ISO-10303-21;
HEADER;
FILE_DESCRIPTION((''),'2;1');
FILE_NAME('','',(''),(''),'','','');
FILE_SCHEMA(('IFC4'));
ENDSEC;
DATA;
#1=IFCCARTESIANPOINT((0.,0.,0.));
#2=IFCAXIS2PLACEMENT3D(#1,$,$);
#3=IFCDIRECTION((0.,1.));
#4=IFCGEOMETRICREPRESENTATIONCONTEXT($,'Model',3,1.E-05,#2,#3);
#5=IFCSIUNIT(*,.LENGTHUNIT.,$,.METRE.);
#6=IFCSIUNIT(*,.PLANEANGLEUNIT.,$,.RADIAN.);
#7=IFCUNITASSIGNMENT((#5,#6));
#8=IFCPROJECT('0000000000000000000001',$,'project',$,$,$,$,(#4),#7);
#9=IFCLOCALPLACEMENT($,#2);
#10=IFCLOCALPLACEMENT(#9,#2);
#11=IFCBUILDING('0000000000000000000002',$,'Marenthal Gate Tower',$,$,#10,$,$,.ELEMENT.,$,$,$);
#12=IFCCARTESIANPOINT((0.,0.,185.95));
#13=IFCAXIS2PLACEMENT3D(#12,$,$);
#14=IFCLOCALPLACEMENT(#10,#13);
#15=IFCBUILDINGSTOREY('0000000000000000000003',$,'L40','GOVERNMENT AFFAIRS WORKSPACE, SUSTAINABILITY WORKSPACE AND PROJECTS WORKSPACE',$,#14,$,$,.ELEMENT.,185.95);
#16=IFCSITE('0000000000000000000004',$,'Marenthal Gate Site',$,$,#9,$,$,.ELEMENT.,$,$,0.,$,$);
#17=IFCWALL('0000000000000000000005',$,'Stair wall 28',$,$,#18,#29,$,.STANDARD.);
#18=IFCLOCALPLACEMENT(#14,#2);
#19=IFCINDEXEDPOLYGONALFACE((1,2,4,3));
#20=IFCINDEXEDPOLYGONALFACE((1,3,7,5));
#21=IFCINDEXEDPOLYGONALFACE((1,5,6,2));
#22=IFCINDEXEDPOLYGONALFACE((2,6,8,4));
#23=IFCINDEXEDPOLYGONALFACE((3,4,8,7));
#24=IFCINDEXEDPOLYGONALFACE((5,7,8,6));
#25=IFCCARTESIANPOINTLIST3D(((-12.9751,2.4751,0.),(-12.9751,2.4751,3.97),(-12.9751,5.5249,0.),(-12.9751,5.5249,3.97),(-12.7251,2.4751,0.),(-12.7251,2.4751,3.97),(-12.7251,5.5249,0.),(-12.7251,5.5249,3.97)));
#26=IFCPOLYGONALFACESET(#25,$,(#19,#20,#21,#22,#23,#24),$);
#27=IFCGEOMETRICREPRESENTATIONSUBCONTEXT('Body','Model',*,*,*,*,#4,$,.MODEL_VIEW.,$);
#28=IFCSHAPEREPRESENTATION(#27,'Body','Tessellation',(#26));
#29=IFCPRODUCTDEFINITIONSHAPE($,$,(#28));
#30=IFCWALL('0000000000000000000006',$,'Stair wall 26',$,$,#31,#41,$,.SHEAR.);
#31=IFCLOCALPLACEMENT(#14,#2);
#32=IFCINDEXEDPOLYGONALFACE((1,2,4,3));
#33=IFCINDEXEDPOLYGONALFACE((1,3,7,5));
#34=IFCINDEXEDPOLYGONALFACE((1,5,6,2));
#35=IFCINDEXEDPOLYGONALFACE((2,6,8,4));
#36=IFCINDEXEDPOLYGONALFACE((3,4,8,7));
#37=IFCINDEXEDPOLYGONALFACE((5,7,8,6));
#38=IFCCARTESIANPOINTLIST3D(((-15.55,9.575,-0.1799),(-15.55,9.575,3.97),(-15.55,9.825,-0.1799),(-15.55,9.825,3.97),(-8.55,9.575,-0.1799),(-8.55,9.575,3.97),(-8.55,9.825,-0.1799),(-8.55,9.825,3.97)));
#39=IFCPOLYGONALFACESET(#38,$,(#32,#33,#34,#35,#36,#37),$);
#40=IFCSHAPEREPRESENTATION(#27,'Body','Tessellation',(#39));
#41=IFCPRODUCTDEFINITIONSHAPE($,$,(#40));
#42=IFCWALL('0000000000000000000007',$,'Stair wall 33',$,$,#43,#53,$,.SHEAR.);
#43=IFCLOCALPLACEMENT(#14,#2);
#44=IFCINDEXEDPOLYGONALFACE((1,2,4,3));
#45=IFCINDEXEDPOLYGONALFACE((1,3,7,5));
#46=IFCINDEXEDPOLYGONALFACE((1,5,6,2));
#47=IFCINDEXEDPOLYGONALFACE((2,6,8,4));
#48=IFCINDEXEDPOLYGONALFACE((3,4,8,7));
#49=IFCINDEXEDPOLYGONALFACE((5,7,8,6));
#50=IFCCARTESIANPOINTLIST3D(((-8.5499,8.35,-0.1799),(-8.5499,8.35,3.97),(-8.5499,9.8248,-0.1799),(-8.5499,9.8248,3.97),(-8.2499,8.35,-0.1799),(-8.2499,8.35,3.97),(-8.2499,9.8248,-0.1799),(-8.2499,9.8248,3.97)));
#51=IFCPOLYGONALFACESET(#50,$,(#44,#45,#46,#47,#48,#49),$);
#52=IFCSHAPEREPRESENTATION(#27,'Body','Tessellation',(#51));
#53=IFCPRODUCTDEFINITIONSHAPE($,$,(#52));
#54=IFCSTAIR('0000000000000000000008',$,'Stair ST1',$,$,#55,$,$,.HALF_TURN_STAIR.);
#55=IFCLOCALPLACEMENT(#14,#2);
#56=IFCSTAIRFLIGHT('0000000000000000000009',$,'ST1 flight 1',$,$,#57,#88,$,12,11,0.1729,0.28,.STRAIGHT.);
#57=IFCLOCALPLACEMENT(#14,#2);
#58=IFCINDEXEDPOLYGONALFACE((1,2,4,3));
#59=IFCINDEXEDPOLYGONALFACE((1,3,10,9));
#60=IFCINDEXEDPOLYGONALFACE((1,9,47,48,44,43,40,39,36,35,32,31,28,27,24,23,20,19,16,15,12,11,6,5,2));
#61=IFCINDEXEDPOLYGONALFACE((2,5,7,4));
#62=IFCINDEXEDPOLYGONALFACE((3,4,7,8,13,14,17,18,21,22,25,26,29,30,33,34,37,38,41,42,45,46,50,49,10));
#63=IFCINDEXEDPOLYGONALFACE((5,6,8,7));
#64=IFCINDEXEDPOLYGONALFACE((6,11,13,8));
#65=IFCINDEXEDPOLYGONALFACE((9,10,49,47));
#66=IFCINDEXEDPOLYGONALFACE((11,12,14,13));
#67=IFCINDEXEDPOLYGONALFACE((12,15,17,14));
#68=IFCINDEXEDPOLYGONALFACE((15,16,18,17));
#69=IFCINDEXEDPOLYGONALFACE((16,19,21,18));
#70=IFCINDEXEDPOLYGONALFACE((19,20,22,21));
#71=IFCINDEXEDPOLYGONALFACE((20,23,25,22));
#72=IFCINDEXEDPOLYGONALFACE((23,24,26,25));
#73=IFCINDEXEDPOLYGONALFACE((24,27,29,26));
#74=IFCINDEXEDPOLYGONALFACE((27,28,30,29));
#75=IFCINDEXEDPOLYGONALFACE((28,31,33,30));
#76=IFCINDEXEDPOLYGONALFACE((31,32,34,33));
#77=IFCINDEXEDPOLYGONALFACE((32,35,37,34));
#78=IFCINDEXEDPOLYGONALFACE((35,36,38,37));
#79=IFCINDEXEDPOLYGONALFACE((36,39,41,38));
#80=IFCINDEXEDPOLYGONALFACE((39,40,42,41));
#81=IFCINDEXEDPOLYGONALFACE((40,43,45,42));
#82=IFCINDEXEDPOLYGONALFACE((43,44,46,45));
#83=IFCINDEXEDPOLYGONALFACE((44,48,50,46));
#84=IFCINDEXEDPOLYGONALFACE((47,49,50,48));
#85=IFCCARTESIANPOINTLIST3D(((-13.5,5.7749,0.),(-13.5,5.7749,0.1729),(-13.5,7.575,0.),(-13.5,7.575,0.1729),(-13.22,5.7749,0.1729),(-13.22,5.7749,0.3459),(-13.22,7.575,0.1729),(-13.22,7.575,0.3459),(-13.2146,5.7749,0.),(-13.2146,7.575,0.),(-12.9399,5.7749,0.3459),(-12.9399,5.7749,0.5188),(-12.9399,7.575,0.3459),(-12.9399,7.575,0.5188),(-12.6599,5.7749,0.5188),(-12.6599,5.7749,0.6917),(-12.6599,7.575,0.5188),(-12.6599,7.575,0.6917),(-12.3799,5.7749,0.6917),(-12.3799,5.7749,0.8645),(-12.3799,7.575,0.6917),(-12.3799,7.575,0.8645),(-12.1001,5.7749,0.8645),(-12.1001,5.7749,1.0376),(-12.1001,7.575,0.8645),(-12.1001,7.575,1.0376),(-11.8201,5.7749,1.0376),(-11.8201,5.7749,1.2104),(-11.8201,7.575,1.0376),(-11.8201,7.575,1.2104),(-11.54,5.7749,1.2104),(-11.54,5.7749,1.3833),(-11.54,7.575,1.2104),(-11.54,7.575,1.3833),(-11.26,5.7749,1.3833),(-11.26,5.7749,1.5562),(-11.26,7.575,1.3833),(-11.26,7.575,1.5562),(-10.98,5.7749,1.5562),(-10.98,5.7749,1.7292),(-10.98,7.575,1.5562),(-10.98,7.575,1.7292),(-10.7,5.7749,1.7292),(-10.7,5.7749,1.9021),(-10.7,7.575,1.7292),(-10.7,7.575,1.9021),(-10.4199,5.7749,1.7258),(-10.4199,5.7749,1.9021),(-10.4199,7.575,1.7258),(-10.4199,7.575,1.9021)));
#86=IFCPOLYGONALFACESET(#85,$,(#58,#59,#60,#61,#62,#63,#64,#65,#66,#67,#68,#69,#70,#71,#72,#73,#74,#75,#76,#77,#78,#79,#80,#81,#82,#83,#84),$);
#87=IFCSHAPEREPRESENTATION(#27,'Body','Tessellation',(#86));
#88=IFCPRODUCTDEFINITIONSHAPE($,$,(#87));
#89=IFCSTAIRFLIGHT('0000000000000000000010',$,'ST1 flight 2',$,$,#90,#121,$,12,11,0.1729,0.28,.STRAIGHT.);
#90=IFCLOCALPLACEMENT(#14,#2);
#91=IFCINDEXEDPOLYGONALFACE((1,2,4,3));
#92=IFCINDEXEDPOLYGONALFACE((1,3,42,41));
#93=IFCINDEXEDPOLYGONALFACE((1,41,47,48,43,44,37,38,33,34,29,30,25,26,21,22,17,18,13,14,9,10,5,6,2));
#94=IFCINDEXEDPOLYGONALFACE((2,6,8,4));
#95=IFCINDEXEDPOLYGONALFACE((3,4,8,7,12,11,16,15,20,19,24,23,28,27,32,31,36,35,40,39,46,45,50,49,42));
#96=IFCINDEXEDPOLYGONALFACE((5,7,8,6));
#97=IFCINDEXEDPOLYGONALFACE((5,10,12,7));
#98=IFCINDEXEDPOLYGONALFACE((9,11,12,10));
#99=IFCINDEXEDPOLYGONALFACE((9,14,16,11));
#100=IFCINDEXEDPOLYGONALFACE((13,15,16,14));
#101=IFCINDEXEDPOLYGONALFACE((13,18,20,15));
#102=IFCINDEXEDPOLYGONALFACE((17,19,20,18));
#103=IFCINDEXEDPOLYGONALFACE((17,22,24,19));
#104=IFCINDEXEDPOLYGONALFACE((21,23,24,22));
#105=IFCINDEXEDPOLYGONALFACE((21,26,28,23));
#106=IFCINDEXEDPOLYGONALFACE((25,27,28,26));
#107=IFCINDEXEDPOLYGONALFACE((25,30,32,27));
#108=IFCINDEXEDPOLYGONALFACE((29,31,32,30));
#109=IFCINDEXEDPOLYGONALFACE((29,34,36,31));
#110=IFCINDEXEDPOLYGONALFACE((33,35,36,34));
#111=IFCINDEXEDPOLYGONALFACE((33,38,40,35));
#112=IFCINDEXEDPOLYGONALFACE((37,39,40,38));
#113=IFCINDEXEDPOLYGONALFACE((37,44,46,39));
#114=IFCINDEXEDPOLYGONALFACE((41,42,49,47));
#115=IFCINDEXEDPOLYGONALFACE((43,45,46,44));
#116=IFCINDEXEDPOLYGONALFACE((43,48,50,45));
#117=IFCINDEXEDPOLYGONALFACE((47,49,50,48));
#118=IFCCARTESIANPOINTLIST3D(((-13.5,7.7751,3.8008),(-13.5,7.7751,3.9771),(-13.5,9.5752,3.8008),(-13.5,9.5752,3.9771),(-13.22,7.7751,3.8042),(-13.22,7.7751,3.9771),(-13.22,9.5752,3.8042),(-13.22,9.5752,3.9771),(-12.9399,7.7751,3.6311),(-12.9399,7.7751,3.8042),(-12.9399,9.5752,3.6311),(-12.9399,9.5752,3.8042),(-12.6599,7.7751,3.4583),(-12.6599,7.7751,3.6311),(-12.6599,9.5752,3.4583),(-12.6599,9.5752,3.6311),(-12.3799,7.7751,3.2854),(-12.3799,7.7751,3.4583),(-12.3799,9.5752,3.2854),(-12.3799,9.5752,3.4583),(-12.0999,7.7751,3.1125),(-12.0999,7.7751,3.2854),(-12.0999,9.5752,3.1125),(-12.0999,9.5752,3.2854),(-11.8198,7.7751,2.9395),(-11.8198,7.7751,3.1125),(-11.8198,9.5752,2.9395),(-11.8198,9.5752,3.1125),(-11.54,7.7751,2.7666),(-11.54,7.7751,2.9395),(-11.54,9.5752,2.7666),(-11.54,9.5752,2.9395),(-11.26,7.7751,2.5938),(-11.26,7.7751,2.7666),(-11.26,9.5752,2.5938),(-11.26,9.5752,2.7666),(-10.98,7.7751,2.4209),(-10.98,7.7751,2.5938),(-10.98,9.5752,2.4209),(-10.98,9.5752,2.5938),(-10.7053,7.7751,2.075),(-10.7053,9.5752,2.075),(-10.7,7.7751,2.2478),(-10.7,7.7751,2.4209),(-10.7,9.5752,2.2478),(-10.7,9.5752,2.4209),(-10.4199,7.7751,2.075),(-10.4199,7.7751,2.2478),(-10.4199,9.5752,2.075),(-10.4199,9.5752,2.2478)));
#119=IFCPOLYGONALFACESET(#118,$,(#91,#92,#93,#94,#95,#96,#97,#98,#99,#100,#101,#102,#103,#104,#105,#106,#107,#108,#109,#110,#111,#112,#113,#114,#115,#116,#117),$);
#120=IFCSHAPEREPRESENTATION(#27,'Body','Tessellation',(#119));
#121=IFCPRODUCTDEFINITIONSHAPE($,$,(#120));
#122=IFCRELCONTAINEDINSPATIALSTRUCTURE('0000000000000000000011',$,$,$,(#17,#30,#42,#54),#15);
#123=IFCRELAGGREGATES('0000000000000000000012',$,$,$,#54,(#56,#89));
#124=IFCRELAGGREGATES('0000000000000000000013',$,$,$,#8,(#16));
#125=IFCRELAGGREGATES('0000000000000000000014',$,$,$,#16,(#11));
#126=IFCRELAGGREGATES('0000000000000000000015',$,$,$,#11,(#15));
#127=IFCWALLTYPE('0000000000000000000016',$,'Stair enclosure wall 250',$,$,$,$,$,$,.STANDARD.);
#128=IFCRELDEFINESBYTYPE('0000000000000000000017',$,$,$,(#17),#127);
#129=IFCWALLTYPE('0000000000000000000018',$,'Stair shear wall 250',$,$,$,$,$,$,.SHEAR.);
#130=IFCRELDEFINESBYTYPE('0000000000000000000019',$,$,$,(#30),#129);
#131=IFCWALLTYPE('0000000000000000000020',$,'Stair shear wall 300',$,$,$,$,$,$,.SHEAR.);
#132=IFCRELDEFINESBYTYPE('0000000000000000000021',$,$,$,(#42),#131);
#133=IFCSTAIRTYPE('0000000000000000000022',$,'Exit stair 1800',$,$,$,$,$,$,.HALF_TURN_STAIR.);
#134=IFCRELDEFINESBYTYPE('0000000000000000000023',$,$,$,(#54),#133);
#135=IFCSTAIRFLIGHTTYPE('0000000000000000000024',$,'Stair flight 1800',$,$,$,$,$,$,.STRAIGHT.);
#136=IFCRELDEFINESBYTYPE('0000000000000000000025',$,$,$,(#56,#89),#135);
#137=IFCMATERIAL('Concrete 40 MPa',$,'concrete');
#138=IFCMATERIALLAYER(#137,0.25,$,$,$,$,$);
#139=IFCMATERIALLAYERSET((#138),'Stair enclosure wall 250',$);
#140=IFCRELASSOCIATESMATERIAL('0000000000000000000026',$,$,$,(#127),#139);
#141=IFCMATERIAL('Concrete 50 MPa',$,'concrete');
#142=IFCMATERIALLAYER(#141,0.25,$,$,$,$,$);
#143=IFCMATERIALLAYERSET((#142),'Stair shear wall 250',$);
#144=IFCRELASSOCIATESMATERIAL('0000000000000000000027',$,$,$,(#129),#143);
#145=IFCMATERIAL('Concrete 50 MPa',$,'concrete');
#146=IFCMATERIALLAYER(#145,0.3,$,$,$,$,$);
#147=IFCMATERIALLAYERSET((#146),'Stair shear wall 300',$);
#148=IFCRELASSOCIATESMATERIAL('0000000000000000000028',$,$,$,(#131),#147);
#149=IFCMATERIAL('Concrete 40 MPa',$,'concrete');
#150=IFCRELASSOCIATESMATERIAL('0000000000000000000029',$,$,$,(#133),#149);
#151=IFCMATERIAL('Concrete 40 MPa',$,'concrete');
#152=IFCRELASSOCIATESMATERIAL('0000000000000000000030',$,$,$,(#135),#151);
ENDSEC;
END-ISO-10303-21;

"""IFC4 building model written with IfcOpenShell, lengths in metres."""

from ifc_helpers import new_model, si_unit, direction, frame, frame_2d, origin, place, context, subcontext, project, spatial, polyline, rectangle, outline, extrude, material, layer, layer_set, type_object, element, aggregate, save


model = new_model("IFC4")

# Units and contexts
model_context = context("Model", 3, precision=1e-05, world=origin(), true_north=direction((0.0, 1.0)))
body_context = subcontext(model_context, "Body", "Model", "MODEL_VIEW")
ifc_project = project(units=[si_unit("LENGTHUNIT", "METRE"), si_unit("PLANEANGLEUNIT", "RADIAN")], contexts=[model_context])

# Site, building, storey
site_placement = place(None, origin())
site = spatial("IfcSite", under=ifc_project, at=site_placement, Name="Marenthal Gate Site", CompositionType="ELEMENT", RefElevation=0.0)
building_placement = place(site_placement, origin())
building = spatial("IfcBuilding", under=site, at=building_placement, Name="Marenthal Gate Tower", CompositionType="ELEMENT")
storey_placement = place(building_placement, frame((0.0, 0.0, 185.95)))
storey = spatial("IfcBuildingStorey", under=building, at=storey_placement, Name="L40", Description="GOVERNMENT AFFAIRS WORKSPACE, SUSTAINABILITY WORKSPACE AND PROJECTS WORKSPACE", CompositionType="ELEMENT", Elevation=185.95)

# Walls
ifc_material_1 = material(Name="Concrete 40 MPa", Category="concrete")
ifc_layer_1 = layer(ifc_material_1, 0.25)
ifc_layer_set_1 = layer_set([ifc_layer_1], Name="Stair enclosure wall 250")
wall_type_1 = type_object("IfcWallType", Name="Stair enclosure wall 250", PredefinedType="STANDARD", material=ifc_layer_set_1)
wall_1_placement = place(storey_placement, frame((-12.8501, 2.4751, 0.0), z_axis=(0.0, 0.0, 1.0), x_axis=(0.0, 1.0, 0.0)))
element("IfcWall", 1, at=wall_1_placement, inside=storey, type_object=wall_type_1, Name="Stair wall 28", PredefinedType="STANDARD", context=body_context, shape_type="SweptSolid", body=[
    extrude(rectangle(XDim=3.0498, YDim=0.25, at=frame_2d((1.5249, 0.0))), origin(), (0.0, 0.0, 1.0), 3.97),
])
ifc_material_2 = material(Name="Concrete 50 MPa", Category="concrete")
ifc_layer_2 = layer(ifc_material_2, 0.25)
ifc_layer_set_2 = layer_set([ifc_layer_2], Name="Stair shear wall 250")
wall_type_2 = type_object("IfcWallType", Name="Stair shear wall 250", PredefinedType="SHEAR", material=ifc_layer_set_2)
wall_2_placement = place(storey_placement, frame((-15.55, 9.7, -0.1799), z_axis=(0.0, 0.0, 1.0), x_axis=(1.0, 0.0, 0.0)))
element("IfcWall", 2, at=wall_2_placement, inside=storey, type_object=wall_type_2, Name="Stair wall 26", PredefinedType="SHEAR", context=body_context, shape_type="SweptSolid", body=[
    extrude(rectangle(XDim=7.0, YDim=0.25, at=frame_2d((3.5, 0.0))), origin(), (0.0, 0.0, 1.0), 4.1499),
])
ifc_material_3 = material(Name="Concrete 50 MPa", Category="concrete")
ifc_layer_3 = layer(ifc_material_3, 0.3)
ifc_layer_set_3 = layer_set([ifc_layer_3], Name="Stair shear wall 300")
wall_type_3 = type_object("IfcWallType", Name="Stair shear wall 300", PredefinedType="SHEAR", material=ifc_layer_set_3)
wall_3_placement = place(storey_placement, frame((-8.3999, 8.3501, -0.1799), z_axis=(0.0, 0.0, 1.0), x_axis=(0.0, 1.0, 0.0)))
element("IfcWall", 3, at=wall_3_placement, inside=storey, type_object=wall_type_3, Name="Stair wall 33", PredefinedType="SHEAR", context=body_context, shape_type="SweptSolid", body=[
    extrude(rectangle(XDim=1.4749, YDim=0.3, at=frame_2d((0.7373, 0.0))), origin(), (0.0, 0.0, 1.0), 4.1499),
])

# Stair, stair flights
ifc_material_4 = material(Name="Concrete 40 MPa", Category="concrete")
stair_type = type_object("IfcStairType", Name="Exit stair 1800", PredefinedType="HALF_TURN_STAIR", material=ifc_material_4)
stair_placement = place(storey_placement, origin())
stair = element("IfcStair", 4, at=stair_placement, inside=storey, type_object=stair_type, Name="Stair ST1", PredefinedType="HALF_TURN_STAIR")
ifc_material_5 = material(Name="Concrete 40 MPa", Category="concrete")
stair_flight_type = type_object("IfcStairFlightType", Name="Stair flight 1800", PredefinedType="STRAIGHT", material=ifc_material_5)
stair_flight_1_placement = place(storey_placement, frame((-13.5, 6.675, 0.0), z_axis=(0.0, 0.0, 1.0), x_axis=(1.0, 0.0, 0.0)))
stair_flight_1 = element("IfcStairFlight", 5, at=stair_flight_1_placement, type_object=stair_flight_type, Name="ST1 flight 1", NumberOfRisers=12, NumberOfTreads=11, PredefinedType="STRAIGHT", RiserHeight=0.1729, TreadLength=0.28, context=body_context, shape_type="SweptSolid", body=[
    extrude(outline(polyline([(0.0, 0.0), (0.0, 0.1729), (0.28, 0.1729), (0.28, 0.3459), (0.5601, 0.3459), (0.5601, 0.5188), (0.8401, 0.5188), (0.8401, 0.6917), (1.1201, 0.6917), (1.1201, 0.8645), (1.3999, 0.8645), (1.3999, 1.0376), (1.6799, 1.0376), (1.6799, 1.2104), (1.96, 1.2104), (1.96, 1.3833), (2.24, 1.3833), (2.24, 1.5562), (2.52, 1.5562), (2.52, 1.7292), (2.8, 1.7292), (2.8, 1.9021), (3.0801, 1.9021), (3.0801, 2.075), (3.0801, 1.7258), (0.2854, 0.0), (0.0, 0.0)])), frame((0.0, 0.8999, 0.0), z_axis=(0.0, -1.0, 0.0), x_axis=(1.0, 0.0, 0.0)), (0.0, 0.0, 1.0), 1.8),
])
stair_flight_2_placement = place(storey_placement, frame((-10.4199, 8.675, 2.075), z_axis=(0.0, 0.0, 1.0), x_axis=(-1.0, 0.0, 0.0)))
stair_flight_2 = element("IfcStairFlight", 6, at=stair_flight_2_placement, type_object=stair_flight_type, Name="ST1 flight 2", NumberOfRisers=12, NumberOfTreads=11, PredefinedType="STRAIGHT", RiserHeight=0.1729, TreadLength=0.28, context=body_context, shape_type="SweptSolid", body=[
    extrude(outline(polyline([(0.0, 0.0), (0.0, 0.1729), (0.28, 0.1729), (0.28, 0.3459), (0.5601, 0.3459), (0.5601, 0.5188), (0.8401, 0.5188), (0.8401, 0.6917), (1.1201, 0.6917), (1.1201, 0.8645), (1.3999, 0.8645), (1.3999, 1.0376), (1.6799, 1.0376), (1.6799, 1.2104), (1.96, 1.2104), (1.96, 1.3833), (2.24, 1.3833), (2.24, 1.5562), (2.52, 1.5562), (2.52, 1.7292), (2.8, 1.7292), (2.8, 1.9021), (3.0801, 1.9021), (3.0801, 2.075), (3.0801, 1.7258), (0.2854, 0.0), (0.0, 0.0)])), frame((0.0, 0.8999, 0.0), z_axis=(0.0, -1.0, 0.0), x_axis=(1.0, 0.0, 0.0)), (0.0, 0.0, 1.0), 1.8),
])
aggregate(stair, [stair_flight_1, stair_flight_2])

save(model, "model.ifc")
